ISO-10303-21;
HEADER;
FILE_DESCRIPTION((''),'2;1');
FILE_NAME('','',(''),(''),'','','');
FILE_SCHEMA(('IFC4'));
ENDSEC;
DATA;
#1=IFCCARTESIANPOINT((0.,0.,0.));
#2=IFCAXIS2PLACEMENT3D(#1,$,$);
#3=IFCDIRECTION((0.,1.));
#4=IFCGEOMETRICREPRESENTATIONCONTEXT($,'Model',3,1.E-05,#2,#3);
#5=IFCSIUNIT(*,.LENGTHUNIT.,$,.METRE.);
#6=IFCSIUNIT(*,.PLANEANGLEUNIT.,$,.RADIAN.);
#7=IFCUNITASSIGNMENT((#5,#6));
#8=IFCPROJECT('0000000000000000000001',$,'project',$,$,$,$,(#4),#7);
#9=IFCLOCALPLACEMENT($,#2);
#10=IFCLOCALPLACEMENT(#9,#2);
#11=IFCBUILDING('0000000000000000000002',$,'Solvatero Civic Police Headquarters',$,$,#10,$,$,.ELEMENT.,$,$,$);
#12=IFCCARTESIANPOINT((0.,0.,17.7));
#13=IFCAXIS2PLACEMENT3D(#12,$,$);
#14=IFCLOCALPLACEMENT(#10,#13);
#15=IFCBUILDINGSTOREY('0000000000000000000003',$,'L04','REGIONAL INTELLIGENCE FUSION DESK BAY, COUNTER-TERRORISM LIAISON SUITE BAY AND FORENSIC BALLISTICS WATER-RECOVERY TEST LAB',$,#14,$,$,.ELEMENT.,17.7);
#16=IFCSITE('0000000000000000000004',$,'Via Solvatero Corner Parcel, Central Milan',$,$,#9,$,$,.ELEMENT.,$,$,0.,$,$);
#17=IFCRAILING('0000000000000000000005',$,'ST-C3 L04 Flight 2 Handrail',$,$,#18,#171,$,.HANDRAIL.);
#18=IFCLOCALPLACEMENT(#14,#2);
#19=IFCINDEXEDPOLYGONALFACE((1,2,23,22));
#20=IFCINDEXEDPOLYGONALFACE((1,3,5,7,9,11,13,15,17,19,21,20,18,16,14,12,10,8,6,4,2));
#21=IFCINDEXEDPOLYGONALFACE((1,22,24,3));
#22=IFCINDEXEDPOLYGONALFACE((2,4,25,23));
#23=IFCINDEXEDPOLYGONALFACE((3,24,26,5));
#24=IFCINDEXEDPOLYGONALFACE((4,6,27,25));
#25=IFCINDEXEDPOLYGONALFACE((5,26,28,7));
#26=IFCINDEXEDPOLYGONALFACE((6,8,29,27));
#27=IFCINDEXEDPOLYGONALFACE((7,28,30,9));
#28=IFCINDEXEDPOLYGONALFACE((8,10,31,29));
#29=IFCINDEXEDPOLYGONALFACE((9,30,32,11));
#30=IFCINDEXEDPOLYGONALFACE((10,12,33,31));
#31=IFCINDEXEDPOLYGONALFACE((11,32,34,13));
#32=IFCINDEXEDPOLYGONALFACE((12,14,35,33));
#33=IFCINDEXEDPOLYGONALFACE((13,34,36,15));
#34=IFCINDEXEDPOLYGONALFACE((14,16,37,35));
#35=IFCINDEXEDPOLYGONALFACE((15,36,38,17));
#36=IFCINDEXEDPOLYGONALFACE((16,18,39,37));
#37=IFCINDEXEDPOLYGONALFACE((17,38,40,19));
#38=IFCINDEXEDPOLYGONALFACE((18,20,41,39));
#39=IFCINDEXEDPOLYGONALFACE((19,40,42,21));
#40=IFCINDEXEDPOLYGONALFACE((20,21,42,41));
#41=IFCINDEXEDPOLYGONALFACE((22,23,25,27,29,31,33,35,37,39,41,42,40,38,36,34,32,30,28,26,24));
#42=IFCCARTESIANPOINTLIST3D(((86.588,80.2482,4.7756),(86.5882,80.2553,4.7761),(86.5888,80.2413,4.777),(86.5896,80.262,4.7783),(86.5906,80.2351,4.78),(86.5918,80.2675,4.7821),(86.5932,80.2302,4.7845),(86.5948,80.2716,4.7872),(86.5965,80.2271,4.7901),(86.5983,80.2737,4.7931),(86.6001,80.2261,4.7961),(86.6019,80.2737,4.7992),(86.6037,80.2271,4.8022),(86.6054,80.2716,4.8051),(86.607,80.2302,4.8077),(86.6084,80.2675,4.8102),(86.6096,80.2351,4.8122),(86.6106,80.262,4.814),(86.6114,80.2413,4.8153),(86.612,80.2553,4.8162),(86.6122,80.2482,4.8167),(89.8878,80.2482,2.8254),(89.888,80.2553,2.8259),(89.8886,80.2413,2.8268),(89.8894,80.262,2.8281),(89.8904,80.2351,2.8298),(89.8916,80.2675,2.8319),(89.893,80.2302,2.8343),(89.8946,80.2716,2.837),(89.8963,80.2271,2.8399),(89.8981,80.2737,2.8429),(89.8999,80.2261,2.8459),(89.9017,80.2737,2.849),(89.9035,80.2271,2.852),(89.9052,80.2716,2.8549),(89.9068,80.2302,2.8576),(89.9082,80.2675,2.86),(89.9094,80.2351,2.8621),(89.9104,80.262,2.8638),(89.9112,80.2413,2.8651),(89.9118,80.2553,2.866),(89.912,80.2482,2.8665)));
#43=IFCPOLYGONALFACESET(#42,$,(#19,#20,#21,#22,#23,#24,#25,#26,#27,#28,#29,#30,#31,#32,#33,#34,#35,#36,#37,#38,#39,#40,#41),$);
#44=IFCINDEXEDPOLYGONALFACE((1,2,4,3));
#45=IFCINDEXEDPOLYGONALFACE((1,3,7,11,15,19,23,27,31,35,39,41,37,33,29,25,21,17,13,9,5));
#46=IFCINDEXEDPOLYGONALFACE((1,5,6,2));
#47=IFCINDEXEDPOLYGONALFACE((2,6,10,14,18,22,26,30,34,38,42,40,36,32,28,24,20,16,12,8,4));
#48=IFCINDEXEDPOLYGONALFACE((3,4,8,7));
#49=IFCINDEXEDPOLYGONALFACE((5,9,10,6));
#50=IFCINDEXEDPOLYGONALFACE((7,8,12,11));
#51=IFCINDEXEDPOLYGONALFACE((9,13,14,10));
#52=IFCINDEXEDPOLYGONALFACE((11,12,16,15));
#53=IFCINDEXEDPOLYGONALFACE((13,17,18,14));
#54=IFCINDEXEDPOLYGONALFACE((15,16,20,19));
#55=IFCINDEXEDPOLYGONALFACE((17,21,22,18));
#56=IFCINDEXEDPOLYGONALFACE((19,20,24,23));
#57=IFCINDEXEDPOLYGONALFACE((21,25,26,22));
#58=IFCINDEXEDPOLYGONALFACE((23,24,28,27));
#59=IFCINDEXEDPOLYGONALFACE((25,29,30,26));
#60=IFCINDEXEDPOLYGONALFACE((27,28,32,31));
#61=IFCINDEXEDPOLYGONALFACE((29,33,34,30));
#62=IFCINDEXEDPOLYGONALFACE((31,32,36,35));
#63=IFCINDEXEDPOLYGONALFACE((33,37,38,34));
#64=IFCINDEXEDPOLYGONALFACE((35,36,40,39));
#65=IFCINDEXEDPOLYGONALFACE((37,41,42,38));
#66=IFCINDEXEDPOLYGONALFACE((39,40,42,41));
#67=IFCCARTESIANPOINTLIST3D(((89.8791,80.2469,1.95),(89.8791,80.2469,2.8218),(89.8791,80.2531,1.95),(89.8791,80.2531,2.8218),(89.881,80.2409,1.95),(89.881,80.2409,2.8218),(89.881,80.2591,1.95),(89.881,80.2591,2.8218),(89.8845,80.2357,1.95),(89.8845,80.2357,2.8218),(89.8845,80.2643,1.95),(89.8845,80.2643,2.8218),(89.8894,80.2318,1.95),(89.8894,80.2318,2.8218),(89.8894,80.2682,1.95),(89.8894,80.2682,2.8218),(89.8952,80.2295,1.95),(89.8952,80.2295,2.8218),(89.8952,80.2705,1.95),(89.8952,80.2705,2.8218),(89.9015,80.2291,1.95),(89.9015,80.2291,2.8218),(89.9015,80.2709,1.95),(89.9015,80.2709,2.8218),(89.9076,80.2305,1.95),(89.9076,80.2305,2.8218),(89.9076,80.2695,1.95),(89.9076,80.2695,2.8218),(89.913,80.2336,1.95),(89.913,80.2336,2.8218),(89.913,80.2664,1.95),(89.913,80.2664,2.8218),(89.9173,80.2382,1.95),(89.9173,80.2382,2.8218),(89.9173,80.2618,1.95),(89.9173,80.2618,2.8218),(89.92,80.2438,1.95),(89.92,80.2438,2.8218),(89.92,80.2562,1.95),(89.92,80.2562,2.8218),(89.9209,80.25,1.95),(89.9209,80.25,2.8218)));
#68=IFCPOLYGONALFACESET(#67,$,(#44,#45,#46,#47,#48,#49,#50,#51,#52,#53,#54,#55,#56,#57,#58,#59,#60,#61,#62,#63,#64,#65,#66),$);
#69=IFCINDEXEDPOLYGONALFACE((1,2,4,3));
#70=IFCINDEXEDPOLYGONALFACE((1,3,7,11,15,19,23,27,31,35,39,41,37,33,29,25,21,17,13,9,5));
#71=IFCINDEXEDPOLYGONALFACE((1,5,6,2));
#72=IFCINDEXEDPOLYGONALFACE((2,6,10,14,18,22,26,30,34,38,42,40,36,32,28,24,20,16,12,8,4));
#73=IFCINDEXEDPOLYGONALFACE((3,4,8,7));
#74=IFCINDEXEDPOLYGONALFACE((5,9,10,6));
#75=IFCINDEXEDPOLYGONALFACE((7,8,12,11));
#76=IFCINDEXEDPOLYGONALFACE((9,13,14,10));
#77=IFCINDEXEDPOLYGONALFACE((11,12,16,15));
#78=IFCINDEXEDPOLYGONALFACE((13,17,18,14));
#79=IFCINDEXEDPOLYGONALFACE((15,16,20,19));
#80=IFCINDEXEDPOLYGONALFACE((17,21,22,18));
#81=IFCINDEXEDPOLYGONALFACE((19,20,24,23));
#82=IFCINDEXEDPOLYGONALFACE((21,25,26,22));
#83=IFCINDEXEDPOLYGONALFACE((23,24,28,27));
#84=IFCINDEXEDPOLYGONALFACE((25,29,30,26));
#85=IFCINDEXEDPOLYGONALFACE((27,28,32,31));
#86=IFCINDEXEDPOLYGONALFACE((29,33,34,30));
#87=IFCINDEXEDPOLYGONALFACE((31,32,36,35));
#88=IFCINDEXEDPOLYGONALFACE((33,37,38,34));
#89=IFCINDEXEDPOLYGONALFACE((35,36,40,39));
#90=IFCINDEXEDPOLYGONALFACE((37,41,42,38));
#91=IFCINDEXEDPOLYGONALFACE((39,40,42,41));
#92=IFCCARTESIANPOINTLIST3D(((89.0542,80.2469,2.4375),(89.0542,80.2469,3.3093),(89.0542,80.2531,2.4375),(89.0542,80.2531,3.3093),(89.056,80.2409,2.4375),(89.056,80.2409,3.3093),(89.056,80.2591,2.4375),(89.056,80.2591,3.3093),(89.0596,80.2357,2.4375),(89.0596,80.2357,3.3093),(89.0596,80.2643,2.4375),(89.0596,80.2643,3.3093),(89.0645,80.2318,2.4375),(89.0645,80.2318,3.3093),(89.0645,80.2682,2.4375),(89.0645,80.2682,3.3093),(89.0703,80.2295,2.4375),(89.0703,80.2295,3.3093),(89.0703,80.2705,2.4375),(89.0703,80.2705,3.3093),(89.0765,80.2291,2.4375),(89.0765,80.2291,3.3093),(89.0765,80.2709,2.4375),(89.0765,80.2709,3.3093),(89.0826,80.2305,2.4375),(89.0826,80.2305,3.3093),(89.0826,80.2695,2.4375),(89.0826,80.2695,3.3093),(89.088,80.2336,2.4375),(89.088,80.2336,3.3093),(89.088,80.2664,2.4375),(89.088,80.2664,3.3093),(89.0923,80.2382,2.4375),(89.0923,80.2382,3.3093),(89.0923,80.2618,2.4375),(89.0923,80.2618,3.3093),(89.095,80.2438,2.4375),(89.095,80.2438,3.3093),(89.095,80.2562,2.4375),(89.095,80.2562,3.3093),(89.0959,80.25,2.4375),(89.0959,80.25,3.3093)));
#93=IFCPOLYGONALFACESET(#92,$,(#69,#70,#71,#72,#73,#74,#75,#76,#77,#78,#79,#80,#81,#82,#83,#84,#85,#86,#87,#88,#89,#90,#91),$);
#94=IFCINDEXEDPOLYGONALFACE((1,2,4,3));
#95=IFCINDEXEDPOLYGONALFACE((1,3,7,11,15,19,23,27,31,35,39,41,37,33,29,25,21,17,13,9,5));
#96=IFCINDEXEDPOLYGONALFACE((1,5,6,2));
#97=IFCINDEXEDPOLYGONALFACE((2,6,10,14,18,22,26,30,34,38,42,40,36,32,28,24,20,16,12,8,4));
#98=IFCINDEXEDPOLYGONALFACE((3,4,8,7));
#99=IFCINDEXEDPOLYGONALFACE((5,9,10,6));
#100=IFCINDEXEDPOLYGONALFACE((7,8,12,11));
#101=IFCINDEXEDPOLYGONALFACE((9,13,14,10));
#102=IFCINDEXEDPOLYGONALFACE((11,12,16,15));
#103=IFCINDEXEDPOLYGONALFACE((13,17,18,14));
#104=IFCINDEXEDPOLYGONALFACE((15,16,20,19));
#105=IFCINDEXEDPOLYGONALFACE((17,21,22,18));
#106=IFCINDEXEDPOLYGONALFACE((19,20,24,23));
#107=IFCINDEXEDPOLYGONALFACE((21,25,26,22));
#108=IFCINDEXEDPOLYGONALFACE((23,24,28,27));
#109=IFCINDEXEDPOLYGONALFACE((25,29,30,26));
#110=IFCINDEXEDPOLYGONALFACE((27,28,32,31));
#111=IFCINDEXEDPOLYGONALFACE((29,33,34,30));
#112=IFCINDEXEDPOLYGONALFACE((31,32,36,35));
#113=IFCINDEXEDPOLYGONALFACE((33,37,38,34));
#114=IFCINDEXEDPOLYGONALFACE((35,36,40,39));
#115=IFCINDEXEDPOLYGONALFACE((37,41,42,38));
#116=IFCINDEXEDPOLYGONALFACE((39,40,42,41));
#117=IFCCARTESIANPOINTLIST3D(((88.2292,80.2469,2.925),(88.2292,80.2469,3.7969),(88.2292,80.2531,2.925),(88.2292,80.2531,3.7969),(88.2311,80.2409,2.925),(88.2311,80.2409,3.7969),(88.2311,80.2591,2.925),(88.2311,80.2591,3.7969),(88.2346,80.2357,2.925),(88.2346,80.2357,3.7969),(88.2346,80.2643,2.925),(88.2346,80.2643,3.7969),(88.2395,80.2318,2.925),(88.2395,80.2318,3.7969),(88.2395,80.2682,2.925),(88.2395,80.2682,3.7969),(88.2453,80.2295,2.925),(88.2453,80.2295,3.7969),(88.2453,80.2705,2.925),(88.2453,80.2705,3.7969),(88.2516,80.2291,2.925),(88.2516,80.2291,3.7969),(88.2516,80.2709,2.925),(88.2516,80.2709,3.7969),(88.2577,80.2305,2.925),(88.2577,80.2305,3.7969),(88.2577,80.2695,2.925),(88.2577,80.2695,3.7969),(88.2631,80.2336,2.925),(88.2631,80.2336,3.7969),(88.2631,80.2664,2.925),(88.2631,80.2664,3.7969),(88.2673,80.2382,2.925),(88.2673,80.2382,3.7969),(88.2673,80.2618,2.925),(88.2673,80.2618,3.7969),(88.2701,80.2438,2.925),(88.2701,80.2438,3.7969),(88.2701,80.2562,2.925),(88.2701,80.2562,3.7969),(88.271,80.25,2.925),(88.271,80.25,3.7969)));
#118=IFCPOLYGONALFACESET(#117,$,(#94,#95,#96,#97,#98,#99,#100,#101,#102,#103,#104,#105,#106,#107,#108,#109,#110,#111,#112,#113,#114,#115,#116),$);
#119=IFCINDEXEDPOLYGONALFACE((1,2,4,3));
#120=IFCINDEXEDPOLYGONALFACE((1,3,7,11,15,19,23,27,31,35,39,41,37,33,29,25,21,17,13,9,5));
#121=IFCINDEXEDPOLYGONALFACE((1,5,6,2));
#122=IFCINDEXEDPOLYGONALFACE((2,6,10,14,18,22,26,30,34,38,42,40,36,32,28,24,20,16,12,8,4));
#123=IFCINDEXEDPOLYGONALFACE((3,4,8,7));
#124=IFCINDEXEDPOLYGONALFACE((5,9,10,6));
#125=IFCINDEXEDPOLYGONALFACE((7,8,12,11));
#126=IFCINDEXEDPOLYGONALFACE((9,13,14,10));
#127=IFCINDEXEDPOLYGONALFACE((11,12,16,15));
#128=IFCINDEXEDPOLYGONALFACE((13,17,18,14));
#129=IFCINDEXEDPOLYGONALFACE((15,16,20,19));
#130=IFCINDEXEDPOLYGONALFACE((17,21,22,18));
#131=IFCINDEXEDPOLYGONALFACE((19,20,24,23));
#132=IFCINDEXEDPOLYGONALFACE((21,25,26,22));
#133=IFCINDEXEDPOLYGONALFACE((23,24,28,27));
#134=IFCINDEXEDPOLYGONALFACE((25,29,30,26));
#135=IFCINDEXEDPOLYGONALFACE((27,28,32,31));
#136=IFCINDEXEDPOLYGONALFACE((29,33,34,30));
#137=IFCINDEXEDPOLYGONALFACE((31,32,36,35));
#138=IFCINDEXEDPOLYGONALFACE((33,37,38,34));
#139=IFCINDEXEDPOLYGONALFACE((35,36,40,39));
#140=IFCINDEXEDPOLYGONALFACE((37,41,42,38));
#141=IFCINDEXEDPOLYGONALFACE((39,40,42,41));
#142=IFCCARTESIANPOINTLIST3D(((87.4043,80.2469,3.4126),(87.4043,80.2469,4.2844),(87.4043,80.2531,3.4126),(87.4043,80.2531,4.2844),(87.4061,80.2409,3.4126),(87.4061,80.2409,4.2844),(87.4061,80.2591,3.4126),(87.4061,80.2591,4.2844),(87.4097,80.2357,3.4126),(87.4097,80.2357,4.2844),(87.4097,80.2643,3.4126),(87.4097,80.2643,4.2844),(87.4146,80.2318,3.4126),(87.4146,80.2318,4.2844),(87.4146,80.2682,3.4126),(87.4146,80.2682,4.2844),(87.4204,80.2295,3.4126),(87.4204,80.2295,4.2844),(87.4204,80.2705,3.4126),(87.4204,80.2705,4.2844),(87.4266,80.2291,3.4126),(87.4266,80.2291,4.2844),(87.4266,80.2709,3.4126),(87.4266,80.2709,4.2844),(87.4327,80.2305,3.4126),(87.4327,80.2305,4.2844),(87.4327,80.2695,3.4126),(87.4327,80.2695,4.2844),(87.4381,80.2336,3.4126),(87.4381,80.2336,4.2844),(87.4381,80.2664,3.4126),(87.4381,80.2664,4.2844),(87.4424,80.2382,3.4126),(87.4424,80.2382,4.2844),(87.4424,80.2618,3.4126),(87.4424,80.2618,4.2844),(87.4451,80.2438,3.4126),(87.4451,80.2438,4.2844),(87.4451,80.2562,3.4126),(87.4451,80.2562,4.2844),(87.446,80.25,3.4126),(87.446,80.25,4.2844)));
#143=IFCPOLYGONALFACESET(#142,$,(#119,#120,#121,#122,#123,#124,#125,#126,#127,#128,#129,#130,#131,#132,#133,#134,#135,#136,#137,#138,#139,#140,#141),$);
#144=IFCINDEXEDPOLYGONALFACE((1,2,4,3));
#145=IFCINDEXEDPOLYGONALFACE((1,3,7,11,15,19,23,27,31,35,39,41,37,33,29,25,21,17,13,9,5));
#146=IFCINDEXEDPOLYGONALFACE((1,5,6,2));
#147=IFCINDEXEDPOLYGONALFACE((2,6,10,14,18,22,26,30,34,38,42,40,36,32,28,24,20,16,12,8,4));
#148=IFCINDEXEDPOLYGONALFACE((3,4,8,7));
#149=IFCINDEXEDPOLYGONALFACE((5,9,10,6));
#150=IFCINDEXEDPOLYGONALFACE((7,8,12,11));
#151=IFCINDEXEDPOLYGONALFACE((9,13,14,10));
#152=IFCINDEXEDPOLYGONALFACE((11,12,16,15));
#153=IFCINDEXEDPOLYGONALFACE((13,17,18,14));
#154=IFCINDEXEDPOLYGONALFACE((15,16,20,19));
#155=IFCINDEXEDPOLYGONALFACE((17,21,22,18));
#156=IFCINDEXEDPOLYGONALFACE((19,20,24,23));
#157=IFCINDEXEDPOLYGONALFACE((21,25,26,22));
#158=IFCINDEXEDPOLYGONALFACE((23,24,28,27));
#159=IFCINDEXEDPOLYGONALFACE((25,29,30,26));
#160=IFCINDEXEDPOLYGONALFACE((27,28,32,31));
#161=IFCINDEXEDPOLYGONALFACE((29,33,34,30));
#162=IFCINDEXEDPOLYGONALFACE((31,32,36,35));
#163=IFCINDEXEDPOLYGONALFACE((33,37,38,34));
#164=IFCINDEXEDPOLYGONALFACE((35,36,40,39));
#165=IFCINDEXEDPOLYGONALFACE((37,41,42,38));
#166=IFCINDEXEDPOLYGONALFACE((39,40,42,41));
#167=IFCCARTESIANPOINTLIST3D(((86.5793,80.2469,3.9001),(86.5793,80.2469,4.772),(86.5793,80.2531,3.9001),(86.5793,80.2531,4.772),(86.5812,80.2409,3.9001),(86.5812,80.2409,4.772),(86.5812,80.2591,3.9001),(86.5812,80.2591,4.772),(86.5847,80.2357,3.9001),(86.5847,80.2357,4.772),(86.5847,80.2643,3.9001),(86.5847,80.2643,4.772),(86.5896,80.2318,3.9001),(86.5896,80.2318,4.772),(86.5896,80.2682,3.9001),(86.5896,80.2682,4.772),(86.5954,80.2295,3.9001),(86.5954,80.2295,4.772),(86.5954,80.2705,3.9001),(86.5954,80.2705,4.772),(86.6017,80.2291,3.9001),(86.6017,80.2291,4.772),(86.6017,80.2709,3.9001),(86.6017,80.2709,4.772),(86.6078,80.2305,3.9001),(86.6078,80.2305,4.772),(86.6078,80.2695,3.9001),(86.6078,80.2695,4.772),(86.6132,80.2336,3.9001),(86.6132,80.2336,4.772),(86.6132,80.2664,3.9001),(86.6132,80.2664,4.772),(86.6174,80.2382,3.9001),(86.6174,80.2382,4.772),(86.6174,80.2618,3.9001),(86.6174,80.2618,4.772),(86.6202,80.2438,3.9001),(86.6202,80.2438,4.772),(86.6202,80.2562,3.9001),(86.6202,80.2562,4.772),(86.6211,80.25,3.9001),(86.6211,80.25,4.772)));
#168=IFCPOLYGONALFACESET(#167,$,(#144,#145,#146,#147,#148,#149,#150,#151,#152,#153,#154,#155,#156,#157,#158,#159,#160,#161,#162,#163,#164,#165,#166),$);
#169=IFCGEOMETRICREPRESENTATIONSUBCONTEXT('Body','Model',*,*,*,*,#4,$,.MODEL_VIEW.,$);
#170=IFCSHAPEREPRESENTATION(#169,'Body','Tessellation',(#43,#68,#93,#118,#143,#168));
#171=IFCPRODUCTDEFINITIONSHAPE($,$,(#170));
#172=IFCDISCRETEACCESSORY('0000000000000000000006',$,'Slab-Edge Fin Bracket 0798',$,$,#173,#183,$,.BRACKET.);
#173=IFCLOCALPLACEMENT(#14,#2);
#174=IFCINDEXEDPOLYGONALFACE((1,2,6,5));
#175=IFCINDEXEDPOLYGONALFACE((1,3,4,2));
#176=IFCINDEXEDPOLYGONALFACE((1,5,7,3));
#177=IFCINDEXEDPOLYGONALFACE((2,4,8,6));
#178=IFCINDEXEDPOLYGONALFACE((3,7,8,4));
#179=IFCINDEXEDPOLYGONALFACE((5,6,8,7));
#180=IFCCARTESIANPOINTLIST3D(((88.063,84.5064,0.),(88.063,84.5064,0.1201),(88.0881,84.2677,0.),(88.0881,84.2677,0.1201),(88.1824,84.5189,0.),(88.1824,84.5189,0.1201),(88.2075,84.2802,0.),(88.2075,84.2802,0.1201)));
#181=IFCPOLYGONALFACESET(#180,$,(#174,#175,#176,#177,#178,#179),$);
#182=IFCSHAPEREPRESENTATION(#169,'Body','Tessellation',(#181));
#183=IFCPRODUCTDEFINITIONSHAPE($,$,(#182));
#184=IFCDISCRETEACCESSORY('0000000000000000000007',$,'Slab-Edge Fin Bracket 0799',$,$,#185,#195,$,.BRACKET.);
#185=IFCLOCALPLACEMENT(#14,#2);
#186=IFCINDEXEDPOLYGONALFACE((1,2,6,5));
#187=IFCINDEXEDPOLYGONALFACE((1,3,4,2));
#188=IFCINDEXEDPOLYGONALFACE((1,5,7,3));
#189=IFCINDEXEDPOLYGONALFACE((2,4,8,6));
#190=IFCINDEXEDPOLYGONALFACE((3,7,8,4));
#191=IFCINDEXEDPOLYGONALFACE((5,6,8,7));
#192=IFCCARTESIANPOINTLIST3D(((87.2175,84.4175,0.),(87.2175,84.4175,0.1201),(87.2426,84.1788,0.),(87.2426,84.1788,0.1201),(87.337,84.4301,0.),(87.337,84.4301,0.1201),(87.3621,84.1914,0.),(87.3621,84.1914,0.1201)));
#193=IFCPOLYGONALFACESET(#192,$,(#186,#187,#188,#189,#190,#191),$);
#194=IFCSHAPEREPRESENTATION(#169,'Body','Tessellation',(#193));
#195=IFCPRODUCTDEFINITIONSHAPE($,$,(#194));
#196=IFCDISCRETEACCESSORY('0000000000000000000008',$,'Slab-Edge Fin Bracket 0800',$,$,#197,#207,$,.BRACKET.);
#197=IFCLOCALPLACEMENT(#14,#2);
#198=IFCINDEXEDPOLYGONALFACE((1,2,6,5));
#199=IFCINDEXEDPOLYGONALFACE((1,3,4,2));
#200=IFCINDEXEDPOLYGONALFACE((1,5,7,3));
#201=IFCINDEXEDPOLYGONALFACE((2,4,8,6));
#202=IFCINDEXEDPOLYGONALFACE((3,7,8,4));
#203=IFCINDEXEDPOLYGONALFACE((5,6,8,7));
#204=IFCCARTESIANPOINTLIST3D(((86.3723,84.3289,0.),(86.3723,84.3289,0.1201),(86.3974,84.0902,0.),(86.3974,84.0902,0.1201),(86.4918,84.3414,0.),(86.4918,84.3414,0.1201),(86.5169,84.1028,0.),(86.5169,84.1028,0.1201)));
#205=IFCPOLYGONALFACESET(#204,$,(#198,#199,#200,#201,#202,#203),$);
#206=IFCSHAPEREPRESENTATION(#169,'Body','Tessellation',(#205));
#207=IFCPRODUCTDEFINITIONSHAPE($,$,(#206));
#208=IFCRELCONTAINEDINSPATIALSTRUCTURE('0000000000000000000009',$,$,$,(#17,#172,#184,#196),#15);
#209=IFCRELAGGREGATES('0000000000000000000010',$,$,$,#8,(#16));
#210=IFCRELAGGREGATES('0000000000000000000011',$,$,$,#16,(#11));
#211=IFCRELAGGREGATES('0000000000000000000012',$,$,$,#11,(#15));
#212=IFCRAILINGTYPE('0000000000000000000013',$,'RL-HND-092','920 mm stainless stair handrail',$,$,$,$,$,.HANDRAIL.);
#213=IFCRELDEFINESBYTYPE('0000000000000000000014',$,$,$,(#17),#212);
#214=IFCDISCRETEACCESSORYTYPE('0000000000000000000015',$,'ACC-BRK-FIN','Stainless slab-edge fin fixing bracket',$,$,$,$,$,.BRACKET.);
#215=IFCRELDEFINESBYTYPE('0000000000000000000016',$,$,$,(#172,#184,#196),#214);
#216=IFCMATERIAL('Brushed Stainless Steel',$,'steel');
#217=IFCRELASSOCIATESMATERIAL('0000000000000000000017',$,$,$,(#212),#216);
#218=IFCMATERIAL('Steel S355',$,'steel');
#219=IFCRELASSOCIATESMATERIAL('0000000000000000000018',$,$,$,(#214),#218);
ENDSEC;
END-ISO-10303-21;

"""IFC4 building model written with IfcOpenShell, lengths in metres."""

from ifc_helpers import new_model, si_unit, direction, frame, origin, origin_2d, place, context, subcontext, project, spatial, rectangle, circle, extrude, material, type_object, element, save


model = new_model("IFC4")

# Units and contexts
model_context = context("Model", 3, precision=1e-05, world=origin(), true_north=direction((0.0, 1.0)))
body_context = subcontext(model_context, "Body", "Model", "MODEL_VIEW")
ifc_project = project(units=[si_unit("LENGTHUNIT", "METRE"), si_unit("PLANEANGLEUNIT", "RADIAN")], contexts=[model_context])

# Site, building, storey
site_placement = place(None, origin())
site = spatial("IfcSite", under=ifc_project, at=site_placement, Name="Via Solvatero Corner Parcel, Central Milan", CompositionType="ELEMENT", RefElevation=0.0)
building_placement = place(site_placement, origin())
building = spatial("IfcBuilding", under=site, at=building_placement, Name="Solvatero Civic Police Headquarters", CompositionType="ELEMENT")
storey_placement = place(building_placement, frame((0.0, 0.0, 17.7)))
storey = spatial("IfcBuildingStorey", under=building, at=storey_placement, Name="L04", Description="REGIONAL INTELLIGENCE FUSION DESK BAY, COUNTER-TERRORISM LIAISON SUITE BAY AND FORENSIC BALLISTICS WATER-RECOVERY TEST LAB", CompositionType="ELEMENT", Elevation=17.7)

# Shared definitions
ifc_material_1 = material(Name="Steel S355", Category="steel")

# Railing
ifc_material_2 = material(Name="Brushed Stainless Steel", Category="steel")
railing_type_1 = type_object("IfcRailingType", Name="RL-HND-092", Description="920 mm stainless stair handrail", PredefinedType="HANDRAIL", material=ifc_material_2)
railing_1_placement = place(storey_placement, frame((89.8999, 80.25, 1.95)))
element("IfcRailing", 1, at=railing_1_placement, inside=storey, type_object=railing_type_1, Name="ST-C3 L04 Flight 2 Handrail", PredefinedType="HANDRAIL", context=body_context, shape_type="SweptSolid", body=[
    extrude(circle(Radius=0.0239, at=origin_2d()), frame((0.0, 0.0, 0.896), z_axis=(-0.860891, 0.0, 0.508789), x_axis=(0.0, -1.0, 0.0)), (0.0, 0.0, 1.0), 3.833),
    extrude(circle(Radius=0.021, at=origin_2d()), origin(), (0.0, 0.0, 1.0), 0.8718),
    extrude(circle(Radius=0.021, at=origin_2d()), frame((-0.825, 0.0, 0.4875)), (0.0, 0.0, 1.0), 0.8718),
    extrude(circle(Radius=0.021, at=origin_2d()), frame((-1.6499, 0.0, 0.9751)), (0.0, 0.0, 1.0), 0.8718),
    extrude(circle(Radius=0.021, at=origin_2d()), frame((-2.4749, 0.0, 1.4626)), (0.0, 0.0, 1.0), 0.8718),
    extrude(circle(Radius=0.021, at=origin_2d()), frame((-3.2998, 0.0, 1.9502)), (0.0, 0.0, 1.0), 0.8718),
])

# Discrete accessories
discrete_accessory_type = type_object("IfcDiscreteAccessoryType", Name="ACC-BRK-FIN", Description="Stainless slab-edge fin fixing bracket", PredefinedType="BRACKET", material=ifc_material_1)
for number, where, z_axis, x_axis, name in (
    (2, (88.1353, 84.3933, 0.0), (0.0, 0.0, 1.0), (-0.994524, -0.104511, 0.0), "Slab-Edge Fin Bracket 0798"),
    (3, (87.2898, 84.3044, 0.0), (0.0, 0.0, 1.0), (-0.994524, -0.104511, 0.0), "Slab-Edge Fin Bracket 0799"),
    (4, (86.4446, 84.2158, 0.0), (0.0, 0.0, 1.0), (-0.994524, -0.104511, 0.0), "Slab-Edge Fin Bracket 0800"),
):
    element("IfcDiscreteAccessory", number, at=place(storey_placement, frame(where, z_axis=z_axis, x_axis=x_axis)), inside=storey, type_object=discrete_accessory_type, Name=name, PredefinedType="BRACKET", context=body_context, shape_type="SweptSolid", body=[
        extrude(rectangle(XDim=0.1201, YDim=0.24, at=origin_2d()), origin(), (0.0, 0.0, 1.0), 0.1201),
    ])

save(model, "model.ifc")
